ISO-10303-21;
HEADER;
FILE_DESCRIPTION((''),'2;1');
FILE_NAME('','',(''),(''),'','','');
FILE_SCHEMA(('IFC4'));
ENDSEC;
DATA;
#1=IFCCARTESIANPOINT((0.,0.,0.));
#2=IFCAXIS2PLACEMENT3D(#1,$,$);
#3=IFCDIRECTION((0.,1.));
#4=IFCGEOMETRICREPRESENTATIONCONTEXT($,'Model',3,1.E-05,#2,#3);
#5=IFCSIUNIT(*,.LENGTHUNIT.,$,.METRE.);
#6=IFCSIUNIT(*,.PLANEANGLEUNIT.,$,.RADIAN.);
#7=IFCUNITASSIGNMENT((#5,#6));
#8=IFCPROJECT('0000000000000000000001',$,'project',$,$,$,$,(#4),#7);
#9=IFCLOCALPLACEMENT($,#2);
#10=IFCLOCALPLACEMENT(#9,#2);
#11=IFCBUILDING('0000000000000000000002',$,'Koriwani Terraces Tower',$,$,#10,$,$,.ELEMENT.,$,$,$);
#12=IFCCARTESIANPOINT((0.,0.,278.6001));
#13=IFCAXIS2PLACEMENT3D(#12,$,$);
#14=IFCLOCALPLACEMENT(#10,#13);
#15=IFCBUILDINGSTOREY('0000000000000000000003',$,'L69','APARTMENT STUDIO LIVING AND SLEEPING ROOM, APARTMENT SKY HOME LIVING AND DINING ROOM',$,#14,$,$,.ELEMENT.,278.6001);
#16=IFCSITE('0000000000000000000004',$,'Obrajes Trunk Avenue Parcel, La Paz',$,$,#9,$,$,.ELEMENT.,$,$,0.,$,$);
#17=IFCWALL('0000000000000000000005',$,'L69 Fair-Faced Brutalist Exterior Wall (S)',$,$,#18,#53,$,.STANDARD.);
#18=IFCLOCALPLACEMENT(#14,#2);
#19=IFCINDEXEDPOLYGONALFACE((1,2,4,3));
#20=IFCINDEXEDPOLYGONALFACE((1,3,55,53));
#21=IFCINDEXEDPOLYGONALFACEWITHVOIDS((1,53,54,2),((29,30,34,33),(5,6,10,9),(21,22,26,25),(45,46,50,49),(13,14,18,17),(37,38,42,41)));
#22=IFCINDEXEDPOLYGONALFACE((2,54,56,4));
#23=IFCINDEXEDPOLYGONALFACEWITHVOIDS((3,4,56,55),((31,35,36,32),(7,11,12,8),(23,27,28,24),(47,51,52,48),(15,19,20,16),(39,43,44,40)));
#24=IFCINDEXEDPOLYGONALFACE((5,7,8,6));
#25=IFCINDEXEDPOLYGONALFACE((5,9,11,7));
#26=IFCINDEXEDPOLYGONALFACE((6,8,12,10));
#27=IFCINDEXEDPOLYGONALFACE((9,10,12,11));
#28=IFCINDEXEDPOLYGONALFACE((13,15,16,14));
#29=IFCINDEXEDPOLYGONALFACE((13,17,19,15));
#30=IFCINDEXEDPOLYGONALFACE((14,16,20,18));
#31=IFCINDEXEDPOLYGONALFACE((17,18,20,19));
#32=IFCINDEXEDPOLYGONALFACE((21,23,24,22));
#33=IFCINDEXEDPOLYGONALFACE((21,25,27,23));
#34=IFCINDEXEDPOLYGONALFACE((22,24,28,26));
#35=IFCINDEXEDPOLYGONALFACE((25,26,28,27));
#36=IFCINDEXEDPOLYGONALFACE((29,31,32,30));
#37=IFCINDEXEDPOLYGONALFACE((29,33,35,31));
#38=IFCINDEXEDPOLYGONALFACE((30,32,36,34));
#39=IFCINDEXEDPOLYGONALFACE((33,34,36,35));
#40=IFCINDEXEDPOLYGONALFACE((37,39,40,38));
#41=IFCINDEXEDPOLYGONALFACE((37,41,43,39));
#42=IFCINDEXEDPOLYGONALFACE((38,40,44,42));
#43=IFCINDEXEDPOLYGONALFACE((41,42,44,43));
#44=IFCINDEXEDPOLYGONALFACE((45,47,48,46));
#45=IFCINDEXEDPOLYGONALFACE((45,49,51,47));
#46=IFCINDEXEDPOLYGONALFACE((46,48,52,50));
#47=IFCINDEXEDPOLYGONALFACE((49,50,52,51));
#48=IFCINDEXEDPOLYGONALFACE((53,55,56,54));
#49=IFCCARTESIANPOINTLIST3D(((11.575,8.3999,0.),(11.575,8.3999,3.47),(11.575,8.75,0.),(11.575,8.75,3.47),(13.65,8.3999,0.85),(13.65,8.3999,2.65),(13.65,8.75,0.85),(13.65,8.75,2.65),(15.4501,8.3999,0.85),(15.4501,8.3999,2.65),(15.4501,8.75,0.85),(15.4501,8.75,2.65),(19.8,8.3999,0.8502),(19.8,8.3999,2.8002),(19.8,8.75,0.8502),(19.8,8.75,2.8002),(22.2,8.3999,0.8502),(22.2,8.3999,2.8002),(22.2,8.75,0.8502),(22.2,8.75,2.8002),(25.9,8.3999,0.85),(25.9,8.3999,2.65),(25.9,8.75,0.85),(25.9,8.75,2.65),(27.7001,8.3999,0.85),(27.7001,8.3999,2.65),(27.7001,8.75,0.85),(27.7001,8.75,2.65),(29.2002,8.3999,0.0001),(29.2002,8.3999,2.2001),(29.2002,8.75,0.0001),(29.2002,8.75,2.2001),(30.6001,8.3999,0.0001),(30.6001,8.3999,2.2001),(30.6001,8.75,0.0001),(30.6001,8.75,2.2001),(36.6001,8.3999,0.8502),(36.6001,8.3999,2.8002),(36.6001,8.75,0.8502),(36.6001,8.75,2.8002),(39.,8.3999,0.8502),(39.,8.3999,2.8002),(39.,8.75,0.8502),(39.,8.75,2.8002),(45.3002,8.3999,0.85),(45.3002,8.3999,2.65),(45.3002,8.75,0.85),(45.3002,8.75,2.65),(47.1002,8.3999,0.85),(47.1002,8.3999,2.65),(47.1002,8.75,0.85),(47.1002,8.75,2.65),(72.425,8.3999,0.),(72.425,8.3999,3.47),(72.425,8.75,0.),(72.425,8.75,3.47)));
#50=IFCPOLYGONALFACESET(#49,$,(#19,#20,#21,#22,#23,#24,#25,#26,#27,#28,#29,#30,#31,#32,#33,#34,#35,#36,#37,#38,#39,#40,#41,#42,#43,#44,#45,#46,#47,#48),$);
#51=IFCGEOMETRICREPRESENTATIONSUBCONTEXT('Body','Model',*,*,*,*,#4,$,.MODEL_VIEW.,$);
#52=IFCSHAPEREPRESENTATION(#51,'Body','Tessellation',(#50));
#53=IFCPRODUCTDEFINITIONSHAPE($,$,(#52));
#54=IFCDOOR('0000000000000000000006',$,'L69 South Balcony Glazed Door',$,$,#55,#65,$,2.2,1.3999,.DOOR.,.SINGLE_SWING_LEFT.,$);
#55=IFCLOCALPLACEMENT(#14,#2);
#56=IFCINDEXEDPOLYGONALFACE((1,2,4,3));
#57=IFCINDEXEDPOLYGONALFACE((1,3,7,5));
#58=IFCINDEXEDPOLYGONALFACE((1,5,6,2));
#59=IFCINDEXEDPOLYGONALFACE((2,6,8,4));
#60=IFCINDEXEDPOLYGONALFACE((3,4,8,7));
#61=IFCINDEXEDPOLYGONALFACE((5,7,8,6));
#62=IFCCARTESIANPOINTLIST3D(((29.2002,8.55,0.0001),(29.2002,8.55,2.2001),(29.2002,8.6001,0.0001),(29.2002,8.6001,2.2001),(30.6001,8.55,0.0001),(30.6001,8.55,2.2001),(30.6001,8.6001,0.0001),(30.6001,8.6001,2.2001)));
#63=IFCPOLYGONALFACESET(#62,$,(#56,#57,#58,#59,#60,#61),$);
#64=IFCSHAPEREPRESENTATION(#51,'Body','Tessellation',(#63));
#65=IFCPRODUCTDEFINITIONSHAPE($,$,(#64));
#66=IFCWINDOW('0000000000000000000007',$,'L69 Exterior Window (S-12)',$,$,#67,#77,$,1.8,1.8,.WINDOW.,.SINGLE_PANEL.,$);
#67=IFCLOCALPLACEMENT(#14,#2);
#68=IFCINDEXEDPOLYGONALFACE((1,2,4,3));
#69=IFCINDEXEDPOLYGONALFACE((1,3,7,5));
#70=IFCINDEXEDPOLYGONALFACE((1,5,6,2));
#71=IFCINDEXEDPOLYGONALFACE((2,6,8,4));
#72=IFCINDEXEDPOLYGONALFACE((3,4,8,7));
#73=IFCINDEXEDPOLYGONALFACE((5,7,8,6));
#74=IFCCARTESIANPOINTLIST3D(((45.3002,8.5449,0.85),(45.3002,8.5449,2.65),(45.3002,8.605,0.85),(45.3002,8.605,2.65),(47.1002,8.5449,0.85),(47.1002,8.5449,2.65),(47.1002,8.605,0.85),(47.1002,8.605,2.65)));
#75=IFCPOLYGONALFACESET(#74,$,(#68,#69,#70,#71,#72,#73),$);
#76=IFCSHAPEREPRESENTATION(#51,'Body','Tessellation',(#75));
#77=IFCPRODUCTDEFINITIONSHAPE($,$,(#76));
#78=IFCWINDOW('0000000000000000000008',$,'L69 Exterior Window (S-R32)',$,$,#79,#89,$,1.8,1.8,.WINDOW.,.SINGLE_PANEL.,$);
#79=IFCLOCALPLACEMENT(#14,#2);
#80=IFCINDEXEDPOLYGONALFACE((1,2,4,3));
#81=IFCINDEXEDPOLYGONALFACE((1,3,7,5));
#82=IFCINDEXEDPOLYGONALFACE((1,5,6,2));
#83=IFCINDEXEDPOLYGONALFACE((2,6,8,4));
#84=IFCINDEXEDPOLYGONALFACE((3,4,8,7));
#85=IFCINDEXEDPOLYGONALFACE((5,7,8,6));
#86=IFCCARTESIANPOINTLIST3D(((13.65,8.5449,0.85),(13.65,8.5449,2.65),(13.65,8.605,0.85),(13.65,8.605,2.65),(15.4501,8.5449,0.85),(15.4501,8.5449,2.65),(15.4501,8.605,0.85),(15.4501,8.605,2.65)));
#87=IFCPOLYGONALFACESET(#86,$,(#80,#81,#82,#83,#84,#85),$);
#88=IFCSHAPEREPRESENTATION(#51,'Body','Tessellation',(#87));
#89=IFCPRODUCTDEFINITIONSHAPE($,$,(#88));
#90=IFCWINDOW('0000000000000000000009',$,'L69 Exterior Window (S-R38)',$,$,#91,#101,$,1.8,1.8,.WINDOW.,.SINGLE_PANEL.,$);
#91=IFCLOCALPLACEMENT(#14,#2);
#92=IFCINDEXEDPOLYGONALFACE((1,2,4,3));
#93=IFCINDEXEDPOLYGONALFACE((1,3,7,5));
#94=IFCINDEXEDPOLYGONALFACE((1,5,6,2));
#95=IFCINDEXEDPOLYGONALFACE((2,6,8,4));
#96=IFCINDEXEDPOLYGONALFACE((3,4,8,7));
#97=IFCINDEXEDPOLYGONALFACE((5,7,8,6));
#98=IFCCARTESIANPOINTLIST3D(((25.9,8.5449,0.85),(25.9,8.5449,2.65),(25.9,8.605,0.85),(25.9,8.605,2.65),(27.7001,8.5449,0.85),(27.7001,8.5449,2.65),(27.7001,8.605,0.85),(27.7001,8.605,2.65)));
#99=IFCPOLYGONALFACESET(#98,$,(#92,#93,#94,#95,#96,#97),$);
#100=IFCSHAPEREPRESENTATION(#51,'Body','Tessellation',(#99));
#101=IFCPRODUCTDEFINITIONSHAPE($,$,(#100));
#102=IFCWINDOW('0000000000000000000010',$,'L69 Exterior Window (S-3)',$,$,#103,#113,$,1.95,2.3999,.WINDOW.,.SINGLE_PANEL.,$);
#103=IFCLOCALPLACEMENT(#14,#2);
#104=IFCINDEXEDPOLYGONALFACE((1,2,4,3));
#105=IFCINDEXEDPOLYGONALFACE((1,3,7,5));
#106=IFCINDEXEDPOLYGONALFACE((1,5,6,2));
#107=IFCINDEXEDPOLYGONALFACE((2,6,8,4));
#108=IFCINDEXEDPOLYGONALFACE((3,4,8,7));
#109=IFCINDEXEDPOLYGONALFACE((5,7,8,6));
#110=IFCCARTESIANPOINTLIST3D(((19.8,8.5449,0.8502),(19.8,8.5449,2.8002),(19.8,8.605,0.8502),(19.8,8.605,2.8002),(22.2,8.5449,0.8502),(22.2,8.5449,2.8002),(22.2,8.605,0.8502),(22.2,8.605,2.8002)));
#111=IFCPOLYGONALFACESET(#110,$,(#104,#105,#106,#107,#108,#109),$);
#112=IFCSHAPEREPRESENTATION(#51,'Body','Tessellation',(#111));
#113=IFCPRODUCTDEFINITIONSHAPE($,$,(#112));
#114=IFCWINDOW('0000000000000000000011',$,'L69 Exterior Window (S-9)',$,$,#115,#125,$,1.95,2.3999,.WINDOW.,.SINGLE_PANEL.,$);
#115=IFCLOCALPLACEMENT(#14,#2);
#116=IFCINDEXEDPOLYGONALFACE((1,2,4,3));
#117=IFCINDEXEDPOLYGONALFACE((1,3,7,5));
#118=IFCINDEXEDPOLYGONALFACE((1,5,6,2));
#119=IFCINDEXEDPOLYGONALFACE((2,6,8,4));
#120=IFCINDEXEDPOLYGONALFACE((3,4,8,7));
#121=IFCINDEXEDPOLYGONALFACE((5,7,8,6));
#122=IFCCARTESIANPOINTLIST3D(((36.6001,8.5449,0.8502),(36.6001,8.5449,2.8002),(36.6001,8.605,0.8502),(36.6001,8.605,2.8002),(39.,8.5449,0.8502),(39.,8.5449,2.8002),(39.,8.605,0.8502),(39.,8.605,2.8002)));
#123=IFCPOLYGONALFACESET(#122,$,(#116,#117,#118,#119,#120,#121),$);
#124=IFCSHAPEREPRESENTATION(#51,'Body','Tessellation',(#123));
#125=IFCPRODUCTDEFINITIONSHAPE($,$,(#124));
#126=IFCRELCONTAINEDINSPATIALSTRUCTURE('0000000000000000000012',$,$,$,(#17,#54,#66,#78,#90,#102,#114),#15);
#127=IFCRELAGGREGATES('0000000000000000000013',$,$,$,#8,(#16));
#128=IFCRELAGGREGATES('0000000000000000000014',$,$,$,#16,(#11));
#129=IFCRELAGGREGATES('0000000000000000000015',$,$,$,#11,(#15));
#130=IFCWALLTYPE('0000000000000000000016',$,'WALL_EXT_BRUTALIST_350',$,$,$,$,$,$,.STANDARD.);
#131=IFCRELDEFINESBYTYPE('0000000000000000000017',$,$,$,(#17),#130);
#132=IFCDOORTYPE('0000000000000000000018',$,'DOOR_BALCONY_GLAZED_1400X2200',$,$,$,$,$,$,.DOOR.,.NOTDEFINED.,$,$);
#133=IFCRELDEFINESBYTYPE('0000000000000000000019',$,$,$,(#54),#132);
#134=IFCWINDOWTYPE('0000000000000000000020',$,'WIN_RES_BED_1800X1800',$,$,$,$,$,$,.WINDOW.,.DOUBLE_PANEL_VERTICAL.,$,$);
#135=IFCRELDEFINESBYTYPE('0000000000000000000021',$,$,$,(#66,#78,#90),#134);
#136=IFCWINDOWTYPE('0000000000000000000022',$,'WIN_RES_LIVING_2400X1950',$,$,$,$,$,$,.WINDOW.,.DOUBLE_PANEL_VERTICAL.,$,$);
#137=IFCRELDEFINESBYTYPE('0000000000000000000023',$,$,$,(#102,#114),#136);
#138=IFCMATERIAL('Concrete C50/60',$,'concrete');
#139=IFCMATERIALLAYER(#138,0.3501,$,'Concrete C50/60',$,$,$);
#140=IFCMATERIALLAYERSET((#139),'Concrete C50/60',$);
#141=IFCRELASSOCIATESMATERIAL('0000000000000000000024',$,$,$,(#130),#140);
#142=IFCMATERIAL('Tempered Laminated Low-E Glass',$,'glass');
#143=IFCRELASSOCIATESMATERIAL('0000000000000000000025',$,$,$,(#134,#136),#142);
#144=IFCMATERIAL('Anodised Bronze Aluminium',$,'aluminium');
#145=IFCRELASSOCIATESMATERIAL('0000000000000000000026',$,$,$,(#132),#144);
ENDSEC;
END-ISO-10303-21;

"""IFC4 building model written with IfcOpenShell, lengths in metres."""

from ifc_helpers import new_model, si_unit, direction, frame, frame_2d, origin, place, context, subcontext, project, spatial, rectangle, extrude, material, layer, layer_set, type_object, element, fill, save


model = new_model("IFC4")

# Units and contexts
model_context = context("Model", 3, precision=1e-05, world=origin(), true_north=direction((0.0, 1.0)))
body_context = subcontext(model_context, "Body", "Model", "MODEL_VIEW")
ifc_project = project(units=[si_unit("LENGTHUNIT", "METRE"), si_unit("PLANEANGLEUNIT", "RADIAN")], contexts=[model_context])

# Site, building, storey
site_placement = place(None, origin())
site = spatial("IfcSite", under=ifc_project, at=site_placement, Name="Obrajes Trunk Avenue Parcel, La Paz", CompositionType="ELEMENT", RefElevation=0.0)
building_placement = place(site_placement, origin())
building = spatial("IfcBuilding", under=site, at=building_placement, Name="Koriwani Terraces Tower", CompositionType="ELEMENT")
storey_placement = place(building_placement, frame((0.0, 0.0, 278.6001)))
storey = spatial("IfcBuildingStorey", under=building, at=storey_placement, Name="L69", Description="APARTMENT STUDIO LIVING AND SLEEPING ROOM, APARTMENT SKY HOME LIVING AND DINING ROOM", CompositionType="ELEMENT", Elevation=278.6001)

# Shared definitions
ifc_material_1 = material(Name="Concrete C50/60", Category="concrete")

# Shared definitions
ifc_layer = layer(ifc_material_1, 0.3501, Name="Concrete C50/60")
ifc_layer_set = layer_set([ifc_layer], Name="Concrete C50/60")
wall_type = type_object("IfcWallType", Name="WALL_EXT_BRUTALIST_350", PredefinedType="STANDARD", material=ifc_layer_set)
ifc_material_2 = material(Name="Tempered Laminated Low-E Glass", Category="glass")
window_type_1 = type_object("IfcWindowType", Name="WIN_RES_BED_1800X1800", PartitioningType="DOUBLE_PANEL_VERTICAL", PredefinedType="WINDOW", material=ifc_material_2)

# Wall, openings, door, windows
wall_1_placement = place(storey_placement, frame((72.425, 8.575, 0.0), z_axis=(0.0, 0.0, 1.0), x_axis=(-1.0, 0.0, 0.0)))
wall_1 = element("IfcWall", 1, at=wall_1_placement, inside=storey, type_object=wall_type, Name="L69 Fair-Faced Brutalist Exterior Wall (S)", PredefinedType="STANDARD", context=body_context, shape_type="SweptSolid", body=[
    extrude(rectangle(XDim=60.8501, YDim=0.3501, at=frame_2d((30.425, 0.0))), origin(), (0.0, 0.0, 1.0), 3.47),
])
opening_1_placement = place(wall_1_placement, frame((41.825, 0.0, 0.0)))
opening_1 = element("IfcOpeningElement", 2, at=opening_1_placement, cuts=wall_1, PredefinedType="OPENING", context=body_context, shape_type="SweptSolid", body=[
    extrude(rectangle(XDim=1.3999, YDim=2.2, at=frame_2d((0.7, 1.1001))), frame((0.0, 0.1851, 0.0), z_axis=(0.0, -1.0, 0.0), x_axis=(1.0, 0.0, 0.0)), (0.0, 0.0, 1.0), 0.3701),
])
opening_2_placement = place(wall_1_placement, frame((50.2251, 0.0, 0.8501)))
opening_2 = element("IfcOpeningElement", 3, at=opening_2_placement, cuts=wall_1, PredefinedType="OPENING", context=body_context, shape_type="SweptSolid", body=[
    extrude(rectangle(XDim=2.3999, YDim=1.95, at=frame_2d((1.2, 0.9751))), frame((0.0, 0.1851, 0.0), z_axis=(0.0, -1.0, 0.0), x_axis=(1.0, 0.0, 0.0)), (0.0, 0.0, 1.0), 0.3701),
])
opening_3_placement = place(wall_1_placement, frame((33.425, 0.0, 0.8501)))
opening_3 = element("IfcOpeningElement", 4, at=opening_3_placement, cuts=wall_1, PredefinedType="OPENING", context=body_context, shape_type="SweptSolid", body=[
    extrude(rectangle(XDim=2.3999, YDim=1.95, at=frame_2d((1.2, 0.9751))), frame((0.0, 0.1851, 0.0), z_axis=(0.0, -1.0, 0.0), x_axis=(1.0, 0.0, 0.0)), (0.0, 0.0, 1.0), 0.3701),
])
opening_4_placement = place(wall_1_placement, frame((25.325, 0.0, 0.8501)))
opening_4 = element("IfcOpeningElement", 5, at=opening_4_placement, cuts=wall_1, PredefinedType="OPENING", context=body_context, shape_type="SweptSolid", body=[
    extrude(rectangle(XDim=1.8, YDim=1.8, at=frame_2d((0.8999, 0.8999))), frame((0.0, 0.1851, 0.0), z_axis=(0.0, -1.0, 0.0), x_axis=(1.0, 0.0, 0.0)), (0.0, 0.0, 1.0), 0.3701),
])
opening_5_placement = place(wall_1_placement, frame((56.9751, 0.0, 0.8501)))
opening_5 = element("IfcOpeningElement", 6, at=opening_5_placement, cuts=wall_1, PredefinedType="OPENING", context=body_context, shape_type="SweptSolid", body=[
    extrude(rectangle(XDim=1.8, YDim=1.8, at=frame_2d((0.8999, 0.8999))), frame((0.0, 0.1851, 0.0), z_axis=(0.0, -1.0, 0.0), x_axis=(1.0, 0.0, 0.0)), (0.0, 0.0, 1.0), 0.3701),
])
opening_6_placement = place(wall_1_placement, frame((44.7251, 0.0, 0.8501)))
opening_6 = element("IfcOpeningElement", 7, at=opening_6_placement, cuts=wall_1, PredefinedType="OPENING", context=body_context, shape_type="SweptSolid", body=[
    extrude(rectangle(XDim=1.8, YDim=1.8, at=frame_2d((0.8999, 0.8999))), frame((0.0, 0.1851, 0.0), z_axis=(0.0, -1.0, 0.0), x_axis=(1.0, 0.0, 0.0)), (0.0, 0.0, 1.0), 0.3701),
])
ifc_material_3 = material(Name="Anodised Bronze Aluminium", Category="aluminium")
door_type = type_object("IfcDoorType", Name="DOOR_BALCONY_GLAZED_1400X2200", OperationType="NOTDEFINED", PredefinedType="DOOR", material=ifc_material_3)
door_placement = place(opening_1_placement, origin())
door = element("IfcDoor", 8, at=door_placement, inside=storey, type_object=door_type, Name="L69 South Balcony Glazed Door", OperationType="SINGLE_SWING_LEFT", OverallHeight=2.2, OverallWidth=1.3999, PredefinedType="DOOR", context=body_context, shape_type="SweptSolid", body=[
    extrude(rectangle(XDim=1.3999, YDim=2.2, at=frame_2d((0.7, 1.1001))), frame((0.0, 0.0249, 0.0), z_axis=(0.0, -1.0, 0.0), x_axis=(1.0, 0.0, 0.0)), (0.0, 0.0, 1.0), 0.05),
])
fill(opening_1, door)
window_1_placement = place(opening_4_placement, origin())
window_1 = element("IfcWindow", 9, at=window_1_placement, inside=storey, type_object=window_type_1, Name="L69 Exterior Window (S-12)", OverallHeight=1.8, OverallWidth=1.8, PartitioningType="SINGLE_PANEL", PredefinedType="WINDOW", context=body_context, shape_type="SweptSolid", body=[
    extrude(rectangle(XDim=1.8, YDim=1.8, at=frame_2d((0.8999, 0.8999))), frame((0.0, 0.03, 0.0), z_axis=(0.0, -1.0, 0.0), x_axis=(1.0, 0.0, 0.0)), (0.0, 0.0, 1.0), 0.0601),
])
fill(opening_4, window_1)
window_2_placement = place(opening_5_placement, origin())
window_2 = element("IfcWindow", 10, at=window_2_placement, inside=storey, type_object=window_type_1, Name="L69 Exterior Window (S-R32)", OverallHeight=1.8, OverallWidth=1.8, PartitioningType="SINGLE_PANEL", PredefinedType="WINDOW", context=body_context, shape_type="SweptSolid", body=[
    extrude(rectangle(XDim=1.8, YDim=1.8, at=frame_2d((0.8999, 0.8999))), frame((0.0, 0.03, 0.0), z_axis=(0.0, -1.0, 0.0), x_axis=(1.0, 0.0, 0.0)), (0.0, 0.0, 1.0), 0.0601),
])
fill(opening_5, window_2)
window_3_placement = place(opening_6_placement, origin())
window_3 = element("IfcWindow", 11, at=window_3_placement, inside=storey, type_object=window_type_1, Name="L69 Exterior Window (S-R38)", OverallHeight=1.8, OverallWidth=1.8, PartitioningType="SINGLE_PANEL", PredefinedType="WINDOW", context=body_context, shape_type="SweptSolid", body=[
    extrude(rectangle(XDim=1.8, YDim=1.8, at=frame_2d((0.8999, 0.8999))), frame((0.0, 0.03, 0.0), z_axis=(0.0, -1.0, 0.0), x_axis=(1.0, 0.0, 0.0)), (0.0, 0.0, 1.0), 0.0601),
])
fill(opening_6, window_3)
window_type_2 = type_object("IfcWindowType", Name="WIN_RES_LIVING_2400X1950", PartitioningType="DOUBLE_PANEL_VERTICAL", PredefinedType="WINDOW", material=ifc_material_2)
window_4_placement = place(opening_2_placement, origin())
window_4 = element("IfcWindow", 12, at=window_4_placement, inside=storey, type_object=window_type_2, Name="L69 Exterior Window (S-3)", OverallHeight=1.95, OverallWidth=2.3999, PartitioningType="SINGLE_PANEL", PredefinedType="WINDOW", context=body_context, shape_type="SweptSolid", body=[
    extrude(rectangle(XDim=2.3999, YDim=1.95, at=frame_2d((1.2, 0.9751))), frame((0.0, 0.03, 0.0), z_axis=(0.0, -1.0, 0.0), x_axis=(1.0, 0.0, 0.0)), (0.0, 0.0, 1.0), 0.0601),
])
fill(opening_2, window_4)
window_5_placement = place(opening_3_placement, origin())
window_5 = element("IfcWindow", 13, at=window_5_placement, inside=storey, type_object=window_type_2, Name="L69 Exterior Window (S-9)", OverallHeight=1.95, OverallWidth=2.3999, PartitioningType="SINGLE_PANEL", PredefinedType="WINDOW", context=body_context, shape_type="SweptSolid", body=[
    extrude(rectangle(XDim=2.3999, YDim=1.95, at=frame_2d((1.2, 0.9751))), frame((0.0, 0.03, 0.0), z_axis=(0.0, -1.0, 0.0), x_axis=(1.0, 0.0, 0.0)), (0.0, 0.0, 1.0), 0.0601),
])
fill(opening_3, window_5)

save(model, "model.ifc")
